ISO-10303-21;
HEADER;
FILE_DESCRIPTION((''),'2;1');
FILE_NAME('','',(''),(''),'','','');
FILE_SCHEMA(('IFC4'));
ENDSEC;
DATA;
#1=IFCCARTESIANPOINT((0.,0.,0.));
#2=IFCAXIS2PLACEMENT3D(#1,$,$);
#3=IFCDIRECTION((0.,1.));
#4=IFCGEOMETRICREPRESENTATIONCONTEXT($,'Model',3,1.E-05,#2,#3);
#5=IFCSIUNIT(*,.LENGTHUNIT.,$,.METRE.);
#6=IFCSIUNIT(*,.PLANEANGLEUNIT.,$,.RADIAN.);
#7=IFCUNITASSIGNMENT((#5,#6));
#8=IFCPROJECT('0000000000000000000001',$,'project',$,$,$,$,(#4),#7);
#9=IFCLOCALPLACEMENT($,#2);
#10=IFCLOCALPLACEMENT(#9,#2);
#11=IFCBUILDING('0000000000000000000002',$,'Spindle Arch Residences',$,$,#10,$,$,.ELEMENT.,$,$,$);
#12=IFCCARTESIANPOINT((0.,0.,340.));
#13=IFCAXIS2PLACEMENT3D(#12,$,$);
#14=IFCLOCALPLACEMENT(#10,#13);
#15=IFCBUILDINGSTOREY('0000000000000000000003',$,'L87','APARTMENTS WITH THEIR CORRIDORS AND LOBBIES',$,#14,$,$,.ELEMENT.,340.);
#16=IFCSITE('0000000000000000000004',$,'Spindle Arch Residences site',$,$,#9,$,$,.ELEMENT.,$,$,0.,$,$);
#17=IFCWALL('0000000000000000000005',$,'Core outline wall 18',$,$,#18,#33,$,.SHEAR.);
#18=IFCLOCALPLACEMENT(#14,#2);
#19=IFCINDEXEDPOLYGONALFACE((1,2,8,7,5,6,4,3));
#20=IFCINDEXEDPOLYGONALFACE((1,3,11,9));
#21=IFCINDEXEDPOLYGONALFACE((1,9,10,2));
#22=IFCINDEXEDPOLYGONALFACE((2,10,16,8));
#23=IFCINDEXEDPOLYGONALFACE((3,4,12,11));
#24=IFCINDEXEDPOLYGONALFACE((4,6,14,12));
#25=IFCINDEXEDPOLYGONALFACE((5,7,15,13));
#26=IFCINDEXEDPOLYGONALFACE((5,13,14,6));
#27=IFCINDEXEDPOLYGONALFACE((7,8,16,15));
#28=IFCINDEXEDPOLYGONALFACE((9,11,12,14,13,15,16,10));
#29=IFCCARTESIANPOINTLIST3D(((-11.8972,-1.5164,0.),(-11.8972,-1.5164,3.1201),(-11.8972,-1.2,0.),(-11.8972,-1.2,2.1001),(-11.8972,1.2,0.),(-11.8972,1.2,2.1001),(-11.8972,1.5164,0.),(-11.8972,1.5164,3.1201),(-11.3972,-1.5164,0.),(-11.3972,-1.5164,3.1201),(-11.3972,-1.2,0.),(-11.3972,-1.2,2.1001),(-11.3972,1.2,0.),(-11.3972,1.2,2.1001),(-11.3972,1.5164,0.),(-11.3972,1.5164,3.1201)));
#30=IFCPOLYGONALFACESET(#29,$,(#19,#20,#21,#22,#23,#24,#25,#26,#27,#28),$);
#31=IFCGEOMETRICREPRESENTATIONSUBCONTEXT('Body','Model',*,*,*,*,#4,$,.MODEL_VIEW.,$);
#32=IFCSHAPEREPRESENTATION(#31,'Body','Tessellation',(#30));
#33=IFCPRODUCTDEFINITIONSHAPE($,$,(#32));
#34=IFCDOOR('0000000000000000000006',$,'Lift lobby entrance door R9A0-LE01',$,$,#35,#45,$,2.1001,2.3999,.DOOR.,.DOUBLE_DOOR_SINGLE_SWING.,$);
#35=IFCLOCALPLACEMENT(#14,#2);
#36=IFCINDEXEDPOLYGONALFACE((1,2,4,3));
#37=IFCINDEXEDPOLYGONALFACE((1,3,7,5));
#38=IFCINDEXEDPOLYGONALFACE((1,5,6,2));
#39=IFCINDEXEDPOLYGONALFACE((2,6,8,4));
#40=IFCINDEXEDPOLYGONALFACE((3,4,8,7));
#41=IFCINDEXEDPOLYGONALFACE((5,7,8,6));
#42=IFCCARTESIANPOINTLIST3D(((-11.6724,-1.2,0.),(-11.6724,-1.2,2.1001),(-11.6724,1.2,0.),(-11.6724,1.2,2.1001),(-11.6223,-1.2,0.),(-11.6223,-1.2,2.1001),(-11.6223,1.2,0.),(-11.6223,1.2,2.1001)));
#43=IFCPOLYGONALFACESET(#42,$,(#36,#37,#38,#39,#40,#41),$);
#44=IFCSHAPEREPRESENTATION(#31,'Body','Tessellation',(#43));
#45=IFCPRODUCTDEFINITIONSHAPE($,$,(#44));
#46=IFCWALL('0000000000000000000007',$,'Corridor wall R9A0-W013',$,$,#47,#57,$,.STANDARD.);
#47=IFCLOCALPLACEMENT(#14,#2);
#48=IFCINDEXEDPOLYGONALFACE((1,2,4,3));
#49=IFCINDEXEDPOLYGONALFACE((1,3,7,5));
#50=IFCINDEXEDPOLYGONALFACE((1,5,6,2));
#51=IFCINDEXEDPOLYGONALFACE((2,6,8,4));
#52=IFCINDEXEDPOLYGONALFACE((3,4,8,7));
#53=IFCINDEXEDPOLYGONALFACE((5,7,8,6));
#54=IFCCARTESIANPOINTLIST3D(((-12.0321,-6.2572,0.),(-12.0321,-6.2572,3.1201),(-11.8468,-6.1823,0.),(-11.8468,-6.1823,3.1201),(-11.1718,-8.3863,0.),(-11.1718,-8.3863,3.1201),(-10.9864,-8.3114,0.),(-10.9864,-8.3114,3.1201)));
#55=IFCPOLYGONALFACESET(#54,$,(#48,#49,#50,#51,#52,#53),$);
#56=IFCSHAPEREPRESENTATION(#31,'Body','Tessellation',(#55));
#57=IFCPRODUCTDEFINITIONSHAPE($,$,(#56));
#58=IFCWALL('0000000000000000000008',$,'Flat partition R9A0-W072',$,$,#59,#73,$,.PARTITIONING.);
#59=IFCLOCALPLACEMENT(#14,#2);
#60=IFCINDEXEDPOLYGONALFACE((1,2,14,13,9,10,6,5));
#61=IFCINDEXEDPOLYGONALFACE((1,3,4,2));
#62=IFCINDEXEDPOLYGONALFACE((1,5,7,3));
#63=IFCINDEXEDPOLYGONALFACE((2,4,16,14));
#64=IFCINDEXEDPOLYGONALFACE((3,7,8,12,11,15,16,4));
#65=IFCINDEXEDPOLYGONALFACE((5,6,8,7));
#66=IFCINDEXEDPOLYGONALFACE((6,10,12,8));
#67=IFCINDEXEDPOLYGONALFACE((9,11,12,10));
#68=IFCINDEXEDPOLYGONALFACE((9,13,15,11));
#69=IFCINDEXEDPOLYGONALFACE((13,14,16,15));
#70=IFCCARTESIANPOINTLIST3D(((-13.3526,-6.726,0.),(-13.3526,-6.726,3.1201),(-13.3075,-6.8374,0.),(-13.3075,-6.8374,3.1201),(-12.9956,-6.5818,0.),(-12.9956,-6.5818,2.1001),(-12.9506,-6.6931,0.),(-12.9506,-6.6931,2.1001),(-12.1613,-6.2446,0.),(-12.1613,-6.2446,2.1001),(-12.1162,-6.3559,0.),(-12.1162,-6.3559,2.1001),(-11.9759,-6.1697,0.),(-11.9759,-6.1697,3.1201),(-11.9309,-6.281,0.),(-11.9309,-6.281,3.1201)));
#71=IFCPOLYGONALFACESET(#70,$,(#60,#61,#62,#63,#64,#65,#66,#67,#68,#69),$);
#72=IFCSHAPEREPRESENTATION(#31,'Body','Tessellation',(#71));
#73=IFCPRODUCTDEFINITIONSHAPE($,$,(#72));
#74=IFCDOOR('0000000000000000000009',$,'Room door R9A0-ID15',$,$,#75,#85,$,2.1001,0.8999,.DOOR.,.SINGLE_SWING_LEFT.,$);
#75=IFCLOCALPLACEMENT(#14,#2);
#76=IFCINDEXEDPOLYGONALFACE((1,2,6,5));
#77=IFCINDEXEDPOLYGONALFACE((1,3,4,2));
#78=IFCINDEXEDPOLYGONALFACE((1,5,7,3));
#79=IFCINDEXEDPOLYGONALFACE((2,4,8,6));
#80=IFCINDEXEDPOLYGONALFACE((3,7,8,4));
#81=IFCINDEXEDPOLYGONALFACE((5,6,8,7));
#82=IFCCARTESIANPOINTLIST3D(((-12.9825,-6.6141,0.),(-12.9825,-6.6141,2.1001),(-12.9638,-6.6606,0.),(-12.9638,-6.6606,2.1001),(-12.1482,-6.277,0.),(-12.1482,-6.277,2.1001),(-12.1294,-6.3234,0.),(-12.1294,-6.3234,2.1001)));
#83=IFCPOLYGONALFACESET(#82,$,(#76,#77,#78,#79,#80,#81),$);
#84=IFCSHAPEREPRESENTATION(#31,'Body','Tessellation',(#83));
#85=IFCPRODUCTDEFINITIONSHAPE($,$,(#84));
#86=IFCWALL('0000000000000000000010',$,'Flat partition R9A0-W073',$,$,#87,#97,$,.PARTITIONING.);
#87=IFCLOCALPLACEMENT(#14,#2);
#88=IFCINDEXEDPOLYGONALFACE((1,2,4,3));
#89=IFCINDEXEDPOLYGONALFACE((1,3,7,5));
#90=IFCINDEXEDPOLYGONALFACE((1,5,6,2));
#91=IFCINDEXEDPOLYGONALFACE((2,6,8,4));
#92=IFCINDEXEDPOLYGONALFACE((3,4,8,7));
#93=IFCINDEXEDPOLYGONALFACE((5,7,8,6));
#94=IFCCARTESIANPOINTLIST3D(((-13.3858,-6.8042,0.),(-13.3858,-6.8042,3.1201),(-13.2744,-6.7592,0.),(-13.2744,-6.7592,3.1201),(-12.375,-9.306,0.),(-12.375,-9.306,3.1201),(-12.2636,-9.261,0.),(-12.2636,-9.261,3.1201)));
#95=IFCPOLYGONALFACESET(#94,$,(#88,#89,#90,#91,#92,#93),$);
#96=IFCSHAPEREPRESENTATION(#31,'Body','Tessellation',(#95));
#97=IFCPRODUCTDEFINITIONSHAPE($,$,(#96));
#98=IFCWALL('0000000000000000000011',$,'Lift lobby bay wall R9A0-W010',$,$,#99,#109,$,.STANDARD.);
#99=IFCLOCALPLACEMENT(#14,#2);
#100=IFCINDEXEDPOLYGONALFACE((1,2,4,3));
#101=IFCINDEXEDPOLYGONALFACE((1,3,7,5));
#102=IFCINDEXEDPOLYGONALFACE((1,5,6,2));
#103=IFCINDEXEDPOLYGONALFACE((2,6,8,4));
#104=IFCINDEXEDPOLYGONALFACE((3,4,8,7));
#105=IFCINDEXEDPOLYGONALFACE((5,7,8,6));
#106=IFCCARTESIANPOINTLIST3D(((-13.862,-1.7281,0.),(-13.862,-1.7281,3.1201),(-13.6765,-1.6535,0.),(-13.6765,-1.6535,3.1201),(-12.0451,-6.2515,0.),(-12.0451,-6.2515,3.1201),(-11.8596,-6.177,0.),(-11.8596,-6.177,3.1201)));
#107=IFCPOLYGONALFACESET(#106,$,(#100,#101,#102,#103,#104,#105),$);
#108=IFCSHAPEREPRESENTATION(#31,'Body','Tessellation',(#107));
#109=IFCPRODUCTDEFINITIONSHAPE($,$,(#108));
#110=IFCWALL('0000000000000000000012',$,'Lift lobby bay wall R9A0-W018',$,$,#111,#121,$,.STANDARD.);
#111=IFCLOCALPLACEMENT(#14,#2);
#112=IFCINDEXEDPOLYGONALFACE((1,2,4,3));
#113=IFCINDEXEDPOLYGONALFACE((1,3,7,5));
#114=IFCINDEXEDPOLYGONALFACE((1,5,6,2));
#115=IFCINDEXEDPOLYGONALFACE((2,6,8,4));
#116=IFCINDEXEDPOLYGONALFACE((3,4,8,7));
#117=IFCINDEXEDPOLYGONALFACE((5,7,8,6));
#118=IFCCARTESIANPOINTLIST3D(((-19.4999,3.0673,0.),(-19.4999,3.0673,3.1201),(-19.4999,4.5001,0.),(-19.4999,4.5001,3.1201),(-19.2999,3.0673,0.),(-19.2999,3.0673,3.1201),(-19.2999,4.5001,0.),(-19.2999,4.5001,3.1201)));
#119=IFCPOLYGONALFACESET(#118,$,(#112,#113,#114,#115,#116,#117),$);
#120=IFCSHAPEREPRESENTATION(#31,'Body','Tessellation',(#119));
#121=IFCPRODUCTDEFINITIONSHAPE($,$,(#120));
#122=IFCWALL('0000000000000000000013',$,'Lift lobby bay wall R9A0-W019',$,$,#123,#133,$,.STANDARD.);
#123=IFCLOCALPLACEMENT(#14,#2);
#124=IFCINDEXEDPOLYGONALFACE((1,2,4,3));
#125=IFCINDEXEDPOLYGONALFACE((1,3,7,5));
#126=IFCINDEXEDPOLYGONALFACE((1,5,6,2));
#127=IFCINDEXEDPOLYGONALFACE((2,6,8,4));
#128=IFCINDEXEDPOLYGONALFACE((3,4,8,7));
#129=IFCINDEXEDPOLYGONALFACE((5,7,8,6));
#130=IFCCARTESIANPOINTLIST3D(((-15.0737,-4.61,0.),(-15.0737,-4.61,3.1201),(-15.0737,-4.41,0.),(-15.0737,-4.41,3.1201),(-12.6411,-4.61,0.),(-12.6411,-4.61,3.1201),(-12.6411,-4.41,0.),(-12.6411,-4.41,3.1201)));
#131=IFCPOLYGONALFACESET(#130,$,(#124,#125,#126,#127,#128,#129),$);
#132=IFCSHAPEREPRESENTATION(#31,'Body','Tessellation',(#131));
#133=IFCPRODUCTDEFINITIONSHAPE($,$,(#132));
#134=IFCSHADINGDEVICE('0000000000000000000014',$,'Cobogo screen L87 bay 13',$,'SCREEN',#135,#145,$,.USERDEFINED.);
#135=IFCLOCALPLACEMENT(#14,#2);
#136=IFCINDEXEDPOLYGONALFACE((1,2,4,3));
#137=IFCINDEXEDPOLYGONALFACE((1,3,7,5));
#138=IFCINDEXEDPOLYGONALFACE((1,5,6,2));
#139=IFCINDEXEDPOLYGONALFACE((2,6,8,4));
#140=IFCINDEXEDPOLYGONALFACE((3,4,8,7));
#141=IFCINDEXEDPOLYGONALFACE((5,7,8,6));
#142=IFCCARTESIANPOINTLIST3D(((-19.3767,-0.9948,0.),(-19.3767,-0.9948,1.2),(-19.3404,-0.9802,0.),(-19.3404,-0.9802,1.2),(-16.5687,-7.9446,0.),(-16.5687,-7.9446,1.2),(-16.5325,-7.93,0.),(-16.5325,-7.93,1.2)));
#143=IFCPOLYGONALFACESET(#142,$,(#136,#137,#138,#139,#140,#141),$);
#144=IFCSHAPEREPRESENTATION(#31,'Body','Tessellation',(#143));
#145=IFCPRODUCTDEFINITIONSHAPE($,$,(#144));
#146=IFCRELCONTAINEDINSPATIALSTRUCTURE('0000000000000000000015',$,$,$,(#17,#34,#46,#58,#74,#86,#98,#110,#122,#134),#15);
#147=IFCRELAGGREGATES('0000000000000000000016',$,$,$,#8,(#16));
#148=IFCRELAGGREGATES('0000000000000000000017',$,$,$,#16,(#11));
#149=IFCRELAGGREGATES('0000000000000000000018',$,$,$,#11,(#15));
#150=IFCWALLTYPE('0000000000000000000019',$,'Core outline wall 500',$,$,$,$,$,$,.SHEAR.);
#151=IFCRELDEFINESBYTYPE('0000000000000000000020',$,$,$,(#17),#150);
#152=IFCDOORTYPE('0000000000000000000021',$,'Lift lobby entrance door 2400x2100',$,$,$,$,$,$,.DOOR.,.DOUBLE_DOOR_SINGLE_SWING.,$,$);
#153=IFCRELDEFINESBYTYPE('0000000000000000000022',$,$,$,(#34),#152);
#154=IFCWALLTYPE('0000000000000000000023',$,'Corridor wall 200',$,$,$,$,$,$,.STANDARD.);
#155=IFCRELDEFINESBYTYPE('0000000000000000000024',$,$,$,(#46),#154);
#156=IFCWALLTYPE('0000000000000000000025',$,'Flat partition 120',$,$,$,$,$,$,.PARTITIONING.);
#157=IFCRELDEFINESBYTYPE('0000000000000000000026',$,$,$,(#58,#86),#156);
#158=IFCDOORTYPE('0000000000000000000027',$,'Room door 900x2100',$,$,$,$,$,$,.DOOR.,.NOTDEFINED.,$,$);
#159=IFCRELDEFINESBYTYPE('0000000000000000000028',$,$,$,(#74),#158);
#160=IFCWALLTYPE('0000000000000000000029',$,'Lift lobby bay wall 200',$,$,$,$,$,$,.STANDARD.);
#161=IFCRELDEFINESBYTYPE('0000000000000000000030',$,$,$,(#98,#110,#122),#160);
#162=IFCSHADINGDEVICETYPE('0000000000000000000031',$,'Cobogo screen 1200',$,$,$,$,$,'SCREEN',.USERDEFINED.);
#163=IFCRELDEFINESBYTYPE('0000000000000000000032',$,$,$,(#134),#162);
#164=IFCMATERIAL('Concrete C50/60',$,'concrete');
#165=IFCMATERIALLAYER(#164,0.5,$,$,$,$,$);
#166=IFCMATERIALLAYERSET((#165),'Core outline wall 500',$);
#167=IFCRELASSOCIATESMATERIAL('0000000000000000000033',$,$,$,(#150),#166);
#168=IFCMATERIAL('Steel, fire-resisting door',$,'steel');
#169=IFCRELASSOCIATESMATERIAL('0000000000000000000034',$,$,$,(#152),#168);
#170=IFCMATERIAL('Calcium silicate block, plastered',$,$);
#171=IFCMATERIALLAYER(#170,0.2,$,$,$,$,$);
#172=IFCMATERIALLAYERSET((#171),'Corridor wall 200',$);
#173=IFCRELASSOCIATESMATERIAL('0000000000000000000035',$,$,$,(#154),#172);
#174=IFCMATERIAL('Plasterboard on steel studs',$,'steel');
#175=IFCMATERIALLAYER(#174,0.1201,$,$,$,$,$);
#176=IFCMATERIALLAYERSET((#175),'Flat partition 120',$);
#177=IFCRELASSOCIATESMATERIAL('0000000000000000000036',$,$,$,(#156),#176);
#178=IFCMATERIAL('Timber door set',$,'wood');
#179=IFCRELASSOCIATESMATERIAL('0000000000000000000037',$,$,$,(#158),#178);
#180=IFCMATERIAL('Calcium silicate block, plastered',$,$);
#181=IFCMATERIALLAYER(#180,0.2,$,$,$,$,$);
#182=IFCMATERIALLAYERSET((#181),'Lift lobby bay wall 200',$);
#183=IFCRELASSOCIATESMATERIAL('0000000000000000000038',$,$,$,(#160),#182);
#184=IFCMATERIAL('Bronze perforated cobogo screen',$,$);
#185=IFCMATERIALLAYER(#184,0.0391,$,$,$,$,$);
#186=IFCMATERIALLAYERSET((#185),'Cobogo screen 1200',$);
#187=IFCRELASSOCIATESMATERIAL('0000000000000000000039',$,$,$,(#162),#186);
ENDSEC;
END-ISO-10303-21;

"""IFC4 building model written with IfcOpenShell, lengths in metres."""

from ifc_helpers import new_model, si_unit, direction, frame, frame_2d, origin, origin_2d, place, context, subcontext, project, spatial, rectangle, extrude, material, layer, layer_set, type_object, element, fill, save


model = new_model("IFC4")

# Units and contexts
model_context = context("Model", 3, precision=1e-05, world=origin(), true_north=direction((0.0, 1.0)))
body_context = subcontext(model_context, "Body", "Model", "MODEL_VIEW")
ifc_project = project(units=[si_unit("LENGTHUNIT", "METRE"), si_unit("PLANEANGLEUNIT", "RADIAN")], contexts=[model_context])

# Site, building, storey
site_placement = place(None, origin())
site = spatial("IfcSite", under=ifc_project, at=site_placement, Name="Spindle Arch Residences site", CompositionType="ELEMENT", RefElevation=0.0)
building_placement = place(site_placement, origin())
building = spatial("IfcBuilding", under=site, at=building_placement, Name="Spindle Arch Residences", CompositionType="ELEMENT")
storey_placement = place(building_placement, frame((0.0, 0.0, 340.0)))
storey = spatial("IfcBuildingStorey", under=building, at=storey_placement, Name="L87", Description="APARTMENTS WITH THEIR CORRIDORS AND LOBBIES", CompositionType="ELEMENT", Elevation=340.0)

# Wall, opening, door
ifc_material_1 = material(Name="Concrete C50/60", Category="concrete")
ifc_layer_1 = layer(ifc_material_1, 0.5)
ifc_layer_set_1 = layer_set([ifc_layer_1], Name="Core outline wall 500")
wall_type_1 = type_object("IfcWallType", Name="Core outline wall 500", PredefinedType="SHEAR", material=ifc_layer_set_1)
wall_1_placement = place(storey_placement, frame((-11.6472, 1.5164, 0.0), z_axis=(0.0, 0.0, 1.0), x_axis=(0.0, -1.0, 0.0)))
wall_1 = element("IfcWall", 1, at=wall_1_placement, inside=storey, type_object=wall_type_1, Name="Core outline wall 18", PredefinedType="SHEAR", context=body_context, shape_type="SweptSolid", body=[
    extrude(rectangle(XDim=3.0327, YDim=0.5, at=frame_2d((1.5164, 0.0))), origin(), (0.0, 0.0, 1.0), 3.1201),
])
opening_1_placement = place(wall_1_placement, frame((0.3164, 0.0, 0.0)))
opening_1 = element("IfcOpeningElement", 2, at=opening_1_placement, cuts=wall_1, PredefinedType="OPENING", context=body_context, shape_type="SweptSolid", body=[
    extrude(rectangle(XDim=2.3999, YDim=2.1001, at=frame_2d((1.2, 1.05))), frame((0.0, 0.26, 0.0), z_axis=(0.0, -1.0, 0.0), x_axis=(1.0, 0.0, 0.0)), (0.0, 0.0, 1.0), 0.52),
])
ifc_material_2 = material(Name="Steel, fire-resisting door", Category="steel")
door_type_1 = type_object("IfcDoorType", Name="Lift lobby entrance door 2400x2100", OperationType="DOUBLE_DOOR_SINGLE_SWING", PredefinedType="DOOR", material=ifc_material_2)
door_1_placement = place(opening_1_placement, origin())
door_1 = element("IfcDoor", 3, at=door_1_placement, inside=storey, type_object=door_type_1, Name="Lift lobby entrance door R9A0-LE01", OperationType="DOUBLE_DOOR_SINGLE_SWING", OverallHeight=2.1001, OverallWidth=2.3999, PredefinedType="DOOR", context=body_context, shape_type="SweptSolid", body=[
    extrude(rectangle(XDim=2.3999, YDim=2.1001, at=frame_2d((1.2, 1.05))), frame((0.0, 0.0249, 0.0), z_axis=(0.0, -1.0, 0.0), x_axis=(1.0, 0.0, 0.0)), (0.0, 0.0, 1.0), 0.05),
])
fill(opening_1, door_1)

# Wall
ifc_material_3 = material(Name="Calcium silicate block, plastered")
ifc_layer_2 = layer(ifc_material_3, 0.2)
ifc_layer_set_2 = layer_set([ifc_layer_2], Name="Corridor wall 200")
wall_type_2 = type_object("IfcWallType", Name="Corridor wall 200", PredefinedType="STANDARD", material=ifc_layer_set_2)
wall_2_placement = place(storey_placement, frame((-11.9395, -6.2197, 0.0), z_axis=(0.0, 0.0, 1.0), x_axis=(0.374651, -0.927166, 0.0)))
element("IfcWall", 4, at=wall_2_placement, inside=storey, type_object=wall_type_2, Name="Corridor wall R9A0-W013", PredefinedType="STANDARD", context=body_context, shape_type="SweptSolid", body=[
    extrude(rectangle(XDim=2.2964, YDim=0.2, at=frame_2d((1.1482, 0.0))), origin(), (0.0, 0.0, 1.0), 3.1201),
])

# Wall, opening, door
ifc_material_4 = material(Name="Plasterboard on steel studs", Category="steel")
ifc_layer_3 = layer(ifc_material_4, 0.1201)
ifc_layer_set_3 = layer_set([ifc_layer_3], Name="Flat partition 120")
wall_type_3 = type_object("IfcWallType", Name="Flat partition 120", PredefinedType="PARTITIONING", material=ifc_layer_set_3)
wall_3_placement = place(storey_placement, frame((-11.9534, -6.2253, 0.0), z_axis=(0.0, 0.0, 1.0), x_axis=(-0.927144, -0.374705, 0.0)))
wall_3 = element("IfcWall", 5, at=wall_3_placement, inside=storey, type_object=wall_type_3, Name="Flat partition R9A0-W072", PredefinedType="PARTITIONING", context=body_context, shape_type="SweptSolid", body=[
    extrude(rectangle(XDim=1.4849, YDim=0.1201, at=frame_2d((0.7424, 0.0))), origin(), (0.0, 0.0, 1.0), 3.1201),
])
opening_2_placement = place(wall_3_placement, frame((0.2, 0.0, 0.0)))
opening_2 = element("IfcOpeningElement", 6, at=opening_2_placement, cuts=wall_3, PredefinedType="OPENING", context=body_context, shape_type="SweptSolid", body=[
    extrude(rectangle(XDim=0.8999, YDim=2.1001, at=frame_2d((0.45, 1.05))), frame((0.0, 0.0701, 0.0), z_axis=(0.0, -1.0, 0.0), x_axis=(1.0, 0.0, 0.0)), (0.0, 0.0, 1.0), 0.1401),
])
ifc_material_5 = material(Name="Timber door set", Category="wood")
door_type_2 = type_object("IfcDoorType", Name="Room door 900x2100", OperationType="NOTDEFINED", PredefinedType="DOOR", material=ifc_material_5)
door_2_placement = place(opening_2_placement, origin())
door_2 = element("IfcDoor", 7, at=door_2_placement, inside=storey, type_object=door_type_2, Name="Room door R9A0-ID15", OperationType="SINGLE_SWING_LEFT", OverallHeight=2.1001, OverallWidth=0.8999, PredefinedType="DOOR", context=body_context, shape_type="SweptSolid", body=[
    extrude(rectangle(XDim=0.8999, YDim=2.1001, at=frame_2d((0.45, 1.05))), frame((0.0, 0.0249, 0.0), z_axis=(0.0, -1.0, 0.0), x_axis=(1.0, 0.0, 0.0)), (0.0, 0.0, 1.0), 0.05),
])
fill(opening_2, door_2)

# Wall
wall_4_placement = place(storey_placement, frame((-13.3301, -6.7817, 0.0), z_axis=(0.0, 0.0, 1.0), x_axis=(0.374602, -0.927186, 0.0)))
element("IfcWall", 8, at=wall_4_placement, inside=storey, type_object=wall_type_3, Name="Flat partition R9A0-W073", PredefinedType="PARTITIONING", context=body_context, shape_type="SweptSolid", body=[
    extrude(rectangle(XDim=2.6982, YDim=0.1201, at=frame_2d((1.3491, 0.0))), origin(), (0.0, 0.0, 1.0), 3.1201),
])

# Walls
ifc_material_6 = material(Name="Calcium silicate block, plastered")
ifc_layer_4 = layer(ifc_material_6, 0.2)
ifc_layer_set_4 = layer_set([ifc_layer_4], Name="Lift lobby bay wall 200")
wall_type_4 = type_object("IfcWallType", Name="Lift lobby bay wall 200", PredefinedType="STANDARD", material=ifc_layer_set_4)
wall_5_placement = place(storey_placement, frame((-13.7693, -1.6907, 0.0), z_axis=(0.0, 0.0, 1.0), x_axis=(0.37272, -0.927944, 0.0)))
element("IfcWall", 9, at=wall_5_placement, inside=storey, type_object=wall_type_4, Name="Lift lobby bay wall R9A0-W010", PredefinedType="STANDARD", context=body_context, shape_type="SweptSolid", body=[
    extrude(rectangle(XDim=4.8748, YDim=0.2, at=frame_2d((2.4375, 0.0))), origin(), (0.0, 0.0, 1.0), 3.1201),
])
wall_6_placement = place(storey_placement, frame((-19.3999, 4.5, 0.0), z_axis=(0.0, 0.0, 1.0), x_axis=(0.0, -1.0, 0.0)))
element("IfcWall", 10, at=wall_6_placement, inside=storey, type_object=wall_type_4, Name="Lift lobby bay wall R9A0-W018", PredefinedType="STANDARD", context=body_context, shape_type="SweptSolid", body=[
    extrude(rectangle(XDim=1.4329, YDim=0.2, at=frame_2d((0.7163, 0.0))), origin(), (0.0, 0.0, 1.0), 3.1201),
])
wall_7_placement = place(storey_placement, frame((-15.0737, -4.51, 0.0), z_axis=(0.0, 0.0, 1.0), x_axis=(1.0, 0.0, 0.0)))
element("IfcWall", 11, at=wall_7_placement, inside=storey, type_object=wall_type_4, Name="Lift lobby bay wall R9A0-W019", PredefinedType="STANDARD", context=body_context, shape_type="SweptSolid", body=[
    extrude(rectangle(XDim=2.4326, YDim=0.2, at=frame_2d((1.2163, 0.0))), origin(), (0.0, 0.0, 1.0), 3.1201),
])

# Shading device
ifc_material_7 = material(Name="Bronze perforated cobogo screen")
ifc_layer_5 = layer(ifc_material_7, 0.0391)
ifc_layer_set_5 = layer_set([ifc_layer_5], Name="Cobogo screen 1200")
shading_device_type = type_object("IfcShadingDeviceType", Name="Cobogo screen 1200", ElementType="SCREEN", PredefinedType="USERDEFINED", material=ifc_layer_set_5)
shading_device_placement = place(storey_placement, frame((-17.9546, -4.4624, 0.0), z_axis=(0.0, 0.0, 1.0), x_axis=(0.374607, -0.927184, 0.0)))
element("IfcShadingDevice", 12, at=shading_device_placement, inside=storey, type_object=shading_device_type, Name="Cobogo screen L87 bay 13", ObjectType="SCREEN", PredefinedType="USERDEFINED", context=body_context, shape_type="SweptSolid", body=[
    extrude(rectangle(XDim=7.4956, YDim=0.0391, at=origin_2d()), origin(), (0.0, 0.0, 1.0), 1.2),
])

save(model, "model.ifc")
